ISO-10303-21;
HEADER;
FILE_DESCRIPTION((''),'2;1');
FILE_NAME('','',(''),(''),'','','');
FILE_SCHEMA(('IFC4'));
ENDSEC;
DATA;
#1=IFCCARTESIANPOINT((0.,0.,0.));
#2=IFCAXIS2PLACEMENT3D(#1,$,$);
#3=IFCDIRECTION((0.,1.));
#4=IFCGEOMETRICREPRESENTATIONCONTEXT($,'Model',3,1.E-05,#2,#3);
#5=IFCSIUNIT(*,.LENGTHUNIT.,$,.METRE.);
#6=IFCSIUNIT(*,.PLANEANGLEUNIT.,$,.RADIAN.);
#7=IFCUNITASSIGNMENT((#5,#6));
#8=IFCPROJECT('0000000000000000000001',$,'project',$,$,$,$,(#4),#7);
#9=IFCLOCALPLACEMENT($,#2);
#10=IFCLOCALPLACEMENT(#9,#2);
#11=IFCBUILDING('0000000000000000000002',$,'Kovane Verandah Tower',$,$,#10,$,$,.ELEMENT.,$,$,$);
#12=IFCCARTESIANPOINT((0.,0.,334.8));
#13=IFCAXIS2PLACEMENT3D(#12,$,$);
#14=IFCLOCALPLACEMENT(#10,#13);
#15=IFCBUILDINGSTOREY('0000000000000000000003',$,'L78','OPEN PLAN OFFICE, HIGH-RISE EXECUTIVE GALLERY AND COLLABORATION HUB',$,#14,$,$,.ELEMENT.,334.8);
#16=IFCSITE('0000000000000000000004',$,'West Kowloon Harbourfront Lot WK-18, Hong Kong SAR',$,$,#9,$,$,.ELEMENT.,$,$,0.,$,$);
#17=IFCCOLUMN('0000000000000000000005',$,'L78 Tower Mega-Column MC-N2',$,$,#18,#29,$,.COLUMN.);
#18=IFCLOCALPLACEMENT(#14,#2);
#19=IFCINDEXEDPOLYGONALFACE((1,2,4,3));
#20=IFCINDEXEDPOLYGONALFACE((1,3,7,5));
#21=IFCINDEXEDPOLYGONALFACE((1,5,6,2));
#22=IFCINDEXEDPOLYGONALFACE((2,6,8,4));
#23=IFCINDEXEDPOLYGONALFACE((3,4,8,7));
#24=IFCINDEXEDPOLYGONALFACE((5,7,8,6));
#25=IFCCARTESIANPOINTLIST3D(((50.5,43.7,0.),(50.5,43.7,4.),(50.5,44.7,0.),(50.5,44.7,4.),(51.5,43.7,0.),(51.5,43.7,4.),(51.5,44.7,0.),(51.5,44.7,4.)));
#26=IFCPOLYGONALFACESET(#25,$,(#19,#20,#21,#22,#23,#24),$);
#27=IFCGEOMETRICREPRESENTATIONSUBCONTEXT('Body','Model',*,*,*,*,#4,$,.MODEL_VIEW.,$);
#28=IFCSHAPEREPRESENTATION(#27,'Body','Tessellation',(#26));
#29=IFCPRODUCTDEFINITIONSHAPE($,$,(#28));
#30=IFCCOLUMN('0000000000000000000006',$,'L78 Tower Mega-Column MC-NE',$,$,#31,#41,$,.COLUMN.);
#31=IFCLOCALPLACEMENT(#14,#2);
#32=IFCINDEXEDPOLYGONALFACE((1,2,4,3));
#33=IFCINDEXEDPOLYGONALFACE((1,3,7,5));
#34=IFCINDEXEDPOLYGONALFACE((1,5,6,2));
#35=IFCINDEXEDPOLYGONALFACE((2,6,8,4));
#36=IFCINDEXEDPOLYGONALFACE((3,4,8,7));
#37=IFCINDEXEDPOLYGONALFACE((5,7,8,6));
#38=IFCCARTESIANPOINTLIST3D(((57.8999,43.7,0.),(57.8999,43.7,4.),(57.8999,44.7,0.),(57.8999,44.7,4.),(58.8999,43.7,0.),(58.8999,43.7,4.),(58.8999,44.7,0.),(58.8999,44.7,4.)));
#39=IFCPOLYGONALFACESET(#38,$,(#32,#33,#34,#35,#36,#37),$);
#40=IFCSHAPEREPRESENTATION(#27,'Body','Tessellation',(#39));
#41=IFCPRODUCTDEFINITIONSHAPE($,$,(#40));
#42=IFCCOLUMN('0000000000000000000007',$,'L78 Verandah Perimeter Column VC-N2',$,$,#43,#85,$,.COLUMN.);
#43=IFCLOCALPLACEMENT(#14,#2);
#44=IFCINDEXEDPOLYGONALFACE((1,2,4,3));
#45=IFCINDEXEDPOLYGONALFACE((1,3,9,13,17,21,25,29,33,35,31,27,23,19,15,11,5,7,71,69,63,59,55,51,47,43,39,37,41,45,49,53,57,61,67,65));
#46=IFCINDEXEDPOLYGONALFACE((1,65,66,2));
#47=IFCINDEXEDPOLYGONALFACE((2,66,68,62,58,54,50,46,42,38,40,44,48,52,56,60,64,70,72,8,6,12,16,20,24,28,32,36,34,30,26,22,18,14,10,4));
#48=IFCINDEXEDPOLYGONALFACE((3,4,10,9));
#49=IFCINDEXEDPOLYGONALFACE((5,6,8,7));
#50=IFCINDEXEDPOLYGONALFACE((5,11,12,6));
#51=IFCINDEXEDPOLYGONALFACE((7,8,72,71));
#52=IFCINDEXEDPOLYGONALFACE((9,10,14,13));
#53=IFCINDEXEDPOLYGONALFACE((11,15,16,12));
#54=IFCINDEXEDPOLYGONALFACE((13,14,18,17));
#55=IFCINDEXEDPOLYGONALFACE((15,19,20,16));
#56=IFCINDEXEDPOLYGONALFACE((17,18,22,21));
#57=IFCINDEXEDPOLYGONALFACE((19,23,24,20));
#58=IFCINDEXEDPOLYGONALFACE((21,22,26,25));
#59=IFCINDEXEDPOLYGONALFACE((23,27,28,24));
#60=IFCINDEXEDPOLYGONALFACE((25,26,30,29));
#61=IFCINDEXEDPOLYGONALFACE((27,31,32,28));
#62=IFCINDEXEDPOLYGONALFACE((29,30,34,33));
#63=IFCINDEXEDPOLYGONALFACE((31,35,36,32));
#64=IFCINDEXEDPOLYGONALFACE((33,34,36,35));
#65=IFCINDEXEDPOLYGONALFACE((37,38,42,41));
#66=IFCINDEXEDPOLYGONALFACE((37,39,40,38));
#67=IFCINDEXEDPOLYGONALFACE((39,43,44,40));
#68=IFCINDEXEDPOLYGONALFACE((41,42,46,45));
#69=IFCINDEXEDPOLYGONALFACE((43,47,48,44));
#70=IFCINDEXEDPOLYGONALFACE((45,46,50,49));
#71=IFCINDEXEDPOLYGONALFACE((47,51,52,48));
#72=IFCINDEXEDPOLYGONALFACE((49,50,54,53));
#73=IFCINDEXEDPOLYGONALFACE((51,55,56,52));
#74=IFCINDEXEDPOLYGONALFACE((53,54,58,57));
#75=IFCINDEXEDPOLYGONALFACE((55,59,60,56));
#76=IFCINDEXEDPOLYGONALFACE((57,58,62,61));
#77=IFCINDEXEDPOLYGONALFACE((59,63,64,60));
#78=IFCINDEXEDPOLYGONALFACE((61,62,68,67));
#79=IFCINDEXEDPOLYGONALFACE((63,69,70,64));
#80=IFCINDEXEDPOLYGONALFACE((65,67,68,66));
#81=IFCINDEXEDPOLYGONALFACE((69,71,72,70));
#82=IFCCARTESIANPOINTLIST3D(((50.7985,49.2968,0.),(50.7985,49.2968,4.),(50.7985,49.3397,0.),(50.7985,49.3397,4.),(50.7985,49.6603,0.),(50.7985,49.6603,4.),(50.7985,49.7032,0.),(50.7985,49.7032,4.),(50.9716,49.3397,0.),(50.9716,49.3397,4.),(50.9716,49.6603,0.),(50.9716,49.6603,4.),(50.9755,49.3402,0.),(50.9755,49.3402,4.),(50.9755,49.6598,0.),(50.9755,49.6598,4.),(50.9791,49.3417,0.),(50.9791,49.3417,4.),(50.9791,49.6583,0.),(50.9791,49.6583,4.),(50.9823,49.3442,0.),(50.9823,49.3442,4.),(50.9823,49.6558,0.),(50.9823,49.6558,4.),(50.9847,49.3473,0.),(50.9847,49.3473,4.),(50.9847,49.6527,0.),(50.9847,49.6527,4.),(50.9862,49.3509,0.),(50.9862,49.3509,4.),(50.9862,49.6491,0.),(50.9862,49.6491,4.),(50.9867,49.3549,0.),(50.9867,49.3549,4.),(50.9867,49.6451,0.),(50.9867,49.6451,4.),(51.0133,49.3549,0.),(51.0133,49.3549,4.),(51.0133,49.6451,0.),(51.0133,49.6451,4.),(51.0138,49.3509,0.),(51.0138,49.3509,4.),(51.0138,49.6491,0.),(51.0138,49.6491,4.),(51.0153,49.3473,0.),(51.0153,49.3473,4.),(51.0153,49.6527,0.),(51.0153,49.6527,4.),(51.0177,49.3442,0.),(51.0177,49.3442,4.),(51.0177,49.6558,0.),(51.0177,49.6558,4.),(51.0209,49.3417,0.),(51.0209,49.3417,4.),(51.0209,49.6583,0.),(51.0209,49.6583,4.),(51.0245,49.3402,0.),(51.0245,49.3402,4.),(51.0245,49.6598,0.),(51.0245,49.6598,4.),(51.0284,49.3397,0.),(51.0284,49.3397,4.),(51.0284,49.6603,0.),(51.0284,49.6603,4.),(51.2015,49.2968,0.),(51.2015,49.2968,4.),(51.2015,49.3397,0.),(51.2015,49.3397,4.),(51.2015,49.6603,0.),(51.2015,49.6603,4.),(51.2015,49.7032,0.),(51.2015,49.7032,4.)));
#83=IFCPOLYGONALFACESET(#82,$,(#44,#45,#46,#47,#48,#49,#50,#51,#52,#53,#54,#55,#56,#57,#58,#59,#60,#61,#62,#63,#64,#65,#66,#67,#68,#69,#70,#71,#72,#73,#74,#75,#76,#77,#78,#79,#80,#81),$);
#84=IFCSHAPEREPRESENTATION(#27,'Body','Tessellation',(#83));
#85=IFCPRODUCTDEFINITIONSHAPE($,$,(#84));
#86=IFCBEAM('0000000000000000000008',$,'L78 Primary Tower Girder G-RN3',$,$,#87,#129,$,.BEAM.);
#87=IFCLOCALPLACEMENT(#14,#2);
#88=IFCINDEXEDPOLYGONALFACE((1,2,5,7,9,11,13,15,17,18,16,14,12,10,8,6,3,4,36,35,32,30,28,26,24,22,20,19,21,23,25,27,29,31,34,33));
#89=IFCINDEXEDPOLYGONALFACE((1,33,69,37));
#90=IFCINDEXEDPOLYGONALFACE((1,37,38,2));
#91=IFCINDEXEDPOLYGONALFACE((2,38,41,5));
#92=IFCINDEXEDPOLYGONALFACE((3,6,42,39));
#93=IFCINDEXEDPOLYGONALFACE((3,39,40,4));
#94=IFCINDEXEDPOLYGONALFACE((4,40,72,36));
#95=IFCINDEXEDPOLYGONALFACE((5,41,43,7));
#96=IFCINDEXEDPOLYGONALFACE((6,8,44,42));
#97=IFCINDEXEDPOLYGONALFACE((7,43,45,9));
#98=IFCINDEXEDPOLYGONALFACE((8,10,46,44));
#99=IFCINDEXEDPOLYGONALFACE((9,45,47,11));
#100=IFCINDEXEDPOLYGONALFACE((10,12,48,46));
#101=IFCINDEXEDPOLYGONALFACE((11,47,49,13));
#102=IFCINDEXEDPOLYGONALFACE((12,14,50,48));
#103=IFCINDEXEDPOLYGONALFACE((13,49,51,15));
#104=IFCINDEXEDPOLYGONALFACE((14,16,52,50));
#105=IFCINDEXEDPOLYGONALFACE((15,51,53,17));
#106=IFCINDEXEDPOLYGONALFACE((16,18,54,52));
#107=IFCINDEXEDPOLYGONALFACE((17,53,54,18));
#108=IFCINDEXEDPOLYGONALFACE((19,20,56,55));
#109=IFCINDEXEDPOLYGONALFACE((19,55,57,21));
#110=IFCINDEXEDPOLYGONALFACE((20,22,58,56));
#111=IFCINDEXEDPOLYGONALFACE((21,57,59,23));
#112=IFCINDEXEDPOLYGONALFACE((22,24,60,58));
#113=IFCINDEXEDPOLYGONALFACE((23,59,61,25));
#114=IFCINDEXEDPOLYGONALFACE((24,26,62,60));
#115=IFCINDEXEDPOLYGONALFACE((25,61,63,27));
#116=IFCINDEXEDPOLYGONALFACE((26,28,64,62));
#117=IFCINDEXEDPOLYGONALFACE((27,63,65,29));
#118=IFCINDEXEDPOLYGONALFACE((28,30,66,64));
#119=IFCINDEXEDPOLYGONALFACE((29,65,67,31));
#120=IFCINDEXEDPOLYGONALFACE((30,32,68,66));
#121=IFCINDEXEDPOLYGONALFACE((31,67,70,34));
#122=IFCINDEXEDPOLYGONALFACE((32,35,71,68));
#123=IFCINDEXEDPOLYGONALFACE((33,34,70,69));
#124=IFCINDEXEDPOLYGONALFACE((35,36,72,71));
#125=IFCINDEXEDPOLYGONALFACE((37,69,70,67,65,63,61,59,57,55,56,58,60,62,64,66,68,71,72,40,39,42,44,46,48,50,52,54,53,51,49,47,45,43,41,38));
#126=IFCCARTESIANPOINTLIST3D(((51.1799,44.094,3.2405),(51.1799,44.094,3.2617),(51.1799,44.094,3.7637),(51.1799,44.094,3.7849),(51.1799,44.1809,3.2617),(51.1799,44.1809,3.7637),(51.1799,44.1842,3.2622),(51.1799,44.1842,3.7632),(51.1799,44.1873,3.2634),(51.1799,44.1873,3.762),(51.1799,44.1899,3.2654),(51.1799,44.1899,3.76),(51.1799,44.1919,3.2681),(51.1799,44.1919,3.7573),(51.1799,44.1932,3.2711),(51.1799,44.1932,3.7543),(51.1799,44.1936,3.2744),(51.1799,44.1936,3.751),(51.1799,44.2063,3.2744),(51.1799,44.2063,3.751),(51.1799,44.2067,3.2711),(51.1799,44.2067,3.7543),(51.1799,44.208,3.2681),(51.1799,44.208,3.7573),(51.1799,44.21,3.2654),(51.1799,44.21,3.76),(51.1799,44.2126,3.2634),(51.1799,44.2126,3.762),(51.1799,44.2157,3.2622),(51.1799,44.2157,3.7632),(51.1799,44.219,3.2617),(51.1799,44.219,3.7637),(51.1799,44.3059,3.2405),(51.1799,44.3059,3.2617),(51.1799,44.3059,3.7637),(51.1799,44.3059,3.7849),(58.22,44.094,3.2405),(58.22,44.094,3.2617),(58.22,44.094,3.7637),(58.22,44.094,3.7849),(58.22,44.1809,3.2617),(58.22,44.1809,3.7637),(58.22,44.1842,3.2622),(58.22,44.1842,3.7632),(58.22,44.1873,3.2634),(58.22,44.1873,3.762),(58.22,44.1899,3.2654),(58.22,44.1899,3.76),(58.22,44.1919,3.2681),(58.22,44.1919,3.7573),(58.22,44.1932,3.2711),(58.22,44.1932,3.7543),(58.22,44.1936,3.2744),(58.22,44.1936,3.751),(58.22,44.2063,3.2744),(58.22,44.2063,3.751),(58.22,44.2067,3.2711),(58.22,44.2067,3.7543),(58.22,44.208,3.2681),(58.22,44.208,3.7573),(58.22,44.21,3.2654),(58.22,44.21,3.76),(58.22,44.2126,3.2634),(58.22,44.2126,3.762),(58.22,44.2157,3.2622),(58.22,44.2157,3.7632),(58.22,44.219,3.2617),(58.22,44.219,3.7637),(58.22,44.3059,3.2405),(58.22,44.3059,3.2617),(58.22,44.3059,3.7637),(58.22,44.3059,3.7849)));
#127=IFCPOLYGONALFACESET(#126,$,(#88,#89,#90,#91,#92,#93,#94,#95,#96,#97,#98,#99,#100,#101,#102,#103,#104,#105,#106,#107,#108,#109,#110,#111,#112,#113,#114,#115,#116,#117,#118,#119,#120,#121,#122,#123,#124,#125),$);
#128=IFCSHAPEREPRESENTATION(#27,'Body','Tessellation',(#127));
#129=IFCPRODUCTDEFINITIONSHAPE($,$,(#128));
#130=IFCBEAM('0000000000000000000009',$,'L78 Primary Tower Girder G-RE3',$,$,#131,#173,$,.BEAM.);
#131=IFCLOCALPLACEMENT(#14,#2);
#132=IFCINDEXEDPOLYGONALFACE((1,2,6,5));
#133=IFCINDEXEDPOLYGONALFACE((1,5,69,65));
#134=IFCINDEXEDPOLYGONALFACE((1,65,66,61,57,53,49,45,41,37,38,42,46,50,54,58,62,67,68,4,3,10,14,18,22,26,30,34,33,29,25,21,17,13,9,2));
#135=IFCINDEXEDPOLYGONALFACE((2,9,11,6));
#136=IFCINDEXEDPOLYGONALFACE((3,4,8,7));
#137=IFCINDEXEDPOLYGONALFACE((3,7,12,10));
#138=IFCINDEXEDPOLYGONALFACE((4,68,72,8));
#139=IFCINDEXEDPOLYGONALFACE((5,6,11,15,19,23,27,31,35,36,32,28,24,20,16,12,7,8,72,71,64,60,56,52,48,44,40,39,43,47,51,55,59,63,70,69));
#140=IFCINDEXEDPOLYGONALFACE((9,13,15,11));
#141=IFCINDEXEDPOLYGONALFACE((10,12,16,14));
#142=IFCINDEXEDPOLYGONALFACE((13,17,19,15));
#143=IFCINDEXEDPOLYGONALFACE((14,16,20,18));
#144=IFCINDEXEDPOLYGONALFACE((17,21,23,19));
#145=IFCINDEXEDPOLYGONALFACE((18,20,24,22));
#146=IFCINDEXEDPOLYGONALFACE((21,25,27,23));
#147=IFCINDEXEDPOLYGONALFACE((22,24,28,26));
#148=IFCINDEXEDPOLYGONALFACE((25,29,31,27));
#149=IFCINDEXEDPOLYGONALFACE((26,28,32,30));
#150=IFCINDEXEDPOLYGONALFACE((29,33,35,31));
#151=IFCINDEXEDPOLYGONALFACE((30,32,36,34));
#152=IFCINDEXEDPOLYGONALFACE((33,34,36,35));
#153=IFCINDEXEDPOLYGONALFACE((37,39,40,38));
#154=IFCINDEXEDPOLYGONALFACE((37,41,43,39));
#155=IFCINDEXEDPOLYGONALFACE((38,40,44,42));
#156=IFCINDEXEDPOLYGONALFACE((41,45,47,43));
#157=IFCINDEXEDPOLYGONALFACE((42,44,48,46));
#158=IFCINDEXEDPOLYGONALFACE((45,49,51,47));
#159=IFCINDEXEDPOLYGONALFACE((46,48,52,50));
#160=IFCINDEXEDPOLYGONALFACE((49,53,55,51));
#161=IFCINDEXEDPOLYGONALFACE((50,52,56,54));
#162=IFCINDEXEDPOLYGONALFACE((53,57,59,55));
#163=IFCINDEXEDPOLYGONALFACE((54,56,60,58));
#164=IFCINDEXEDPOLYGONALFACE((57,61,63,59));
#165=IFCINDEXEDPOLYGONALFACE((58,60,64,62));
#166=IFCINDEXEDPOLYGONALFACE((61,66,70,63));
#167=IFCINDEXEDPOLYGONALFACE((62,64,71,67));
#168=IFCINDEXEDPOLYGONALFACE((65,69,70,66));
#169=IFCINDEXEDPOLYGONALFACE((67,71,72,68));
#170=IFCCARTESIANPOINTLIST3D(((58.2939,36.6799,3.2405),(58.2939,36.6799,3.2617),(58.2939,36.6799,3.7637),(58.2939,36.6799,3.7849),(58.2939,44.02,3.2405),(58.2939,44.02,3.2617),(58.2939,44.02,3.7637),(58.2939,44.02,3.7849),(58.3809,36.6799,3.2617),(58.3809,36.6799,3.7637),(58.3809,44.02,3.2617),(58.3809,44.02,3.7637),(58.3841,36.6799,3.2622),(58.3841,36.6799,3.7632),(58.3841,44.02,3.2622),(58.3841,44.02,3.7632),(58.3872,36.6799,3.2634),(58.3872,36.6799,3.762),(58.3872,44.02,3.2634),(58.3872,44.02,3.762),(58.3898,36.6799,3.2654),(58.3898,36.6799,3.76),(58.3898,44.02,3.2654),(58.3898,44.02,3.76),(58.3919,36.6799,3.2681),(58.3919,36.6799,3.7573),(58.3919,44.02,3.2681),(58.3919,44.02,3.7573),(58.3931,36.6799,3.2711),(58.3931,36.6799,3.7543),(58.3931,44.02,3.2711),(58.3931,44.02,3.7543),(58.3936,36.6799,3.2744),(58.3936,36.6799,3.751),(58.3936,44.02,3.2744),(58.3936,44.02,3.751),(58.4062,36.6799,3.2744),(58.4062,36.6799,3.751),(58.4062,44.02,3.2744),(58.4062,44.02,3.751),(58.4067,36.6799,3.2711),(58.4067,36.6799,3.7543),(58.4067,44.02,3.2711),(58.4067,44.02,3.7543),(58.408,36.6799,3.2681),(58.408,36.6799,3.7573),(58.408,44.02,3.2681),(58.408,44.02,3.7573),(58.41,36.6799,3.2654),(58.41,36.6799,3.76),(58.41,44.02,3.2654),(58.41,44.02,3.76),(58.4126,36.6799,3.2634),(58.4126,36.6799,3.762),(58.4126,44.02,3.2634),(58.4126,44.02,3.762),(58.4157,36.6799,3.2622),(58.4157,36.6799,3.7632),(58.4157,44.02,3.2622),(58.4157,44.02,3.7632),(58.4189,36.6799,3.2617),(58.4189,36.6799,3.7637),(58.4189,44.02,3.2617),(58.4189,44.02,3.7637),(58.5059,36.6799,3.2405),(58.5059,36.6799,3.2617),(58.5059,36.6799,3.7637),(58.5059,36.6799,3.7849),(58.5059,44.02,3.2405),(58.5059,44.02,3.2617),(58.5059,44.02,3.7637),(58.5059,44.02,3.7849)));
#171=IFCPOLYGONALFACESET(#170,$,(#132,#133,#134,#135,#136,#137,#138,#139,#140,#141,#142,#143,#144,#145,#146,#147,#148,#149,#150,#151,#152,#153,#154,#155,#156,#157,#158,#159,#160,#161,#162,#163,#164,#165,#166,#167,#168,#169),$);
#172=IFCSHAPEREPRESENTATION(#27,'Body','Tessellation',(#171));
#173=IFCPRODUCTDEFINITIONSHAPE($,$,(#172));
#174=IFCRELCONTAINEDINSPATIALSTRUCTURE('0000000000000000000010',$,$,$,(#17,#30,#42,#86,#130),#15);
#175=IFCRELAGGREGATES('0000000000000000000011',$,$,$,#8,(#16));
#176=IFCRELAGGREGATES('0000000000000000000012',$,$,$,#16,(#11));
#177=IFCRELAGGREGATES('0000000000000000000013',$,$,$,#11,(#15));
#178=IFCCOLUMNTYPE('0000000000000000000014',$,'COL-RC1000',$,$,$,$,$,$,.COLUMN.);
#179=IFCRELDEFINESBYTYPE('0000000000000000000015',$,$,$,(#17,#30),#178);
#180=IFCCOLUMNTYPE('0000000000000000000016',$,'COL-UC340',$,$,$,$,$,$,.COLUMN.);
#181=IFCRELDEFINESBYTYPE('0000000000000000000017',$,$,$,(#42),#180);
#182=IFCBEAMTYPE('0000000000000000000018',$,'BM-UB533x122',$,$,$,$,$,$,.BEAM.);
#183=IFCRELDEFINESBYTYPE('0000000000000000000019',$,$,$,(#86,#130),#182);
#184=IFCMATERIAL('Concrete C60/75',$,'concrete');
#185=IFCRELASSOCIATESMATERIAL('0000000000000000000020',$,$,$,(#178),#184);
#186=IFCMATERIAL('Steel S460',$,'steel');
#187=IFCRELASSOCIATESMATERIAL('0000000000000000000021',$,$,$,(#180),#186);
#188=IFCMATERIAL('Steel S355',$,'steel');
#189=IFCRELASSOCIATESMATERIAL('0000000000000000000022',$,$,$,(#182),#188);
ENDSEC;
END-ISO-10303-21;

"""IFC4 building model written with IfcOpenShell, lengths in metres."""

from ifc_helpers import new_model, si_unit, direction, frame, origin, origin_2d, place, context, subcontext, project, spatial, rectangle, i_section, extrude, material, material_profile, profile_set, type_object, element, save


model = new_model("IFC4")

# Units and contexts
model_context = context("Model", 3, precision=1e-05, world=origin(), true_north=direction((0.0, 1.0)))
body_context = subcontext(model_context, "Body", "Model", "MODEL_VIEW")
ifc_project = project(units=[si_unit("LENGTHUNIT", "METRE"), si_unit("PLANEANGLEUNIT", "RADIAN")], contexts=[model_context])

# Site, building, storey
site_placement = place(None, origin())
site = spatial("IfcSite", under=ifc_project, at=site_placement, Name="West Kowloon Harbourfront Lot WK-18, Hong Kong SAR", CompositionType="ELEMENT", RefElevation=0.0)
building_placement = place(site_placement, origin())
building = spatial("IfcBuilding", under=site, at=building_placement, Name="Kovane Verandah Tower", CompositionType="ELEMENT")
storey_placement = place(building_placement, frame((0.0, 0.0, 334.8)))
storey = spatial("IfcBuildingStorey", under=building, at=storey_placement, Name="L78", Description="OPEN PLAN OFFICE, HIGH-RISE EXECUTIVE GALLERY AND COLLABORATION HUB", CompositionType="ELEMENT", Elevation=334.8)

# Columns
ifc_material_1 = material(Name="Concrete C60/75", Category="concrete")
ifc_material_profile_1 = material_profile(ifc_material_1, rectangle(XDim=1.0, YDim=1.0, at=origin_2d()), Name="RC1000x1000")
ifc_profile_set_1 = profile_set([ifc_material_profile_1], Name="Concrete C60/75")
column_type_1 = type_object("IfcColumnType", Name="COL-RC1000", PredefinedType="COLUMN", material=ifc_profile_set_1)
for number, where, z_axis, x_axis, name in (
    (1, (51.0, 44.2, 0.0), (0.0, 0.0, 1.0), (1.0, 0.0, 0.0), "L78 Tower Mega-Column MC-N2"),
    (2, (58.3999, 44.2, 0.0), (0.0, 0.0, 1.0), (1.0, 0.0, 0.0), "L78 Tower Mega-Column MC-NE"),
):
    element("IfcColumn", number, at=place(storey_placement, frame(where, z_axis=z_axis, x_axis=x_axis)), inside=storey, type_object=column_type_1, Name=name, PredefinedType="COLUMN", context=body_context, shape_type="SweptSolid", body=[
        extrude(rectangle(XDim=1.0, YDim=1.0, at=origin_2d()), origin(), (0.0, 0.0, 1.0), 4.0),
    ])
ifc_material_2 = material(Name="Steel S460", Category="steel")
ifc_material_profile_2 = material_profile(ifc_material_2, i_section(OverallWidth=0.4031, OverallDepth=0.4065, WebThickness=0.0266, FlangeThickness=0.043, FilletRadius=0.0151, at=origin_2d()), Name="UC356x406x340")
ifc_profile_set_2 = profile_set([ifc_material_profile_2], Name="Steel S460")
column_type_2 = type_object("IfcColumnType", Name="COL-UC340", PredefinedType="COLUMN", material=ifc_profile_set_2)
column_placement = place(storey_placement, frame((51.0, 49.5, 0.0), z_axis=(0.0, 0.0, 1.0), x_axis=(1.0, 0.0, 0.0)))
element("IfcColumn", 3, at=column_placement, inside=storey, type_object=column_type_2, Name="L78 Verandah Perimeter Column VC-N2", PredefinedType="COLUMN", context=body_context, shape_type="SweptSolid", body=[
    extrude(i_section(OverallWidth=0.4031, OverallDepth=0.4065, WebThickness=0.0266, FlangeThickness=0.043, FilletRadius=0.0151, at=origin_2d()), origin(), (0.0, 0.0, 1.0), 4.0),
])

# Beams
ifc_material_3 = material(Name="Steel S355", Category="steel")
ifc_material_profile_3 = material_profile(ifc_material_3, i_section(OverallWidth=0.2119, OverallDepth=0.5444, WebThickness=0.0127, FlangeThickness=0.0212, FilletRadius=0.0127, at=origin_2d()), Name="UB533x210x122")
ifc_profile_set_3 = profile_set([ifc_material_profile_3], Name="Steel S355")
beam_type_1 = type_object("IfcBeamType", Name="BM-UB533x122", PredefinedType="BEAM", material=ifc_profile_set_3)
beam_1_placement = place(storey_placement, frame((51.1799, 44.2, 3.5127), z_axis=(1.0, 0.0, 0.0), x_axis=(0.0, 1.0, 0.0)))
element("IfcBeam", 4, at=beam_1_placement, inside=storey, type_object=beam_type_1, Name="L78 Primary Tower Girder G-RN3", PredefinedType="BEAM", context=body_context, shape_type="SweptSolid", body=[
    extrude(i_section(OverallWidth=0.2119, OverallDepth=0.5444, WebThickness=0.0127, FlangeThickness=0.0212, FilletRadius=0.0127, at=origin_2d()), origin(), (0.0, 0.0, 1.0), 7.04),
])
for number, where, z_axis, x_axis, name in (
    (5, (58.3999, 36.6799, 3.5127), (0.0, 1.0, 0.0), (-1.0, 0.0, 0.0), "L78 Primary Tower Girder G-RE3"),
):
    element("IfcBeam", number, at=place(storey_placement, frame(where, z_axis=z_axis, x_axis=x_axis)), inside=storey, type_object=beam_type_1, Name=name, PredefinedType="BEAM", context=body_context, shape_type="SweptSolid", body=[
        extrude(i_section(OverallWidth=0.2119, OverallDepth=0.5444, WebThickness=0.0127, FlangeThickness=0.0212, FilletRadius=0.0127, at=origin_2d()), origin(), (0.0, 0.0, 1.0), 7.3401),
    ])

save(model, "model.ifc")
